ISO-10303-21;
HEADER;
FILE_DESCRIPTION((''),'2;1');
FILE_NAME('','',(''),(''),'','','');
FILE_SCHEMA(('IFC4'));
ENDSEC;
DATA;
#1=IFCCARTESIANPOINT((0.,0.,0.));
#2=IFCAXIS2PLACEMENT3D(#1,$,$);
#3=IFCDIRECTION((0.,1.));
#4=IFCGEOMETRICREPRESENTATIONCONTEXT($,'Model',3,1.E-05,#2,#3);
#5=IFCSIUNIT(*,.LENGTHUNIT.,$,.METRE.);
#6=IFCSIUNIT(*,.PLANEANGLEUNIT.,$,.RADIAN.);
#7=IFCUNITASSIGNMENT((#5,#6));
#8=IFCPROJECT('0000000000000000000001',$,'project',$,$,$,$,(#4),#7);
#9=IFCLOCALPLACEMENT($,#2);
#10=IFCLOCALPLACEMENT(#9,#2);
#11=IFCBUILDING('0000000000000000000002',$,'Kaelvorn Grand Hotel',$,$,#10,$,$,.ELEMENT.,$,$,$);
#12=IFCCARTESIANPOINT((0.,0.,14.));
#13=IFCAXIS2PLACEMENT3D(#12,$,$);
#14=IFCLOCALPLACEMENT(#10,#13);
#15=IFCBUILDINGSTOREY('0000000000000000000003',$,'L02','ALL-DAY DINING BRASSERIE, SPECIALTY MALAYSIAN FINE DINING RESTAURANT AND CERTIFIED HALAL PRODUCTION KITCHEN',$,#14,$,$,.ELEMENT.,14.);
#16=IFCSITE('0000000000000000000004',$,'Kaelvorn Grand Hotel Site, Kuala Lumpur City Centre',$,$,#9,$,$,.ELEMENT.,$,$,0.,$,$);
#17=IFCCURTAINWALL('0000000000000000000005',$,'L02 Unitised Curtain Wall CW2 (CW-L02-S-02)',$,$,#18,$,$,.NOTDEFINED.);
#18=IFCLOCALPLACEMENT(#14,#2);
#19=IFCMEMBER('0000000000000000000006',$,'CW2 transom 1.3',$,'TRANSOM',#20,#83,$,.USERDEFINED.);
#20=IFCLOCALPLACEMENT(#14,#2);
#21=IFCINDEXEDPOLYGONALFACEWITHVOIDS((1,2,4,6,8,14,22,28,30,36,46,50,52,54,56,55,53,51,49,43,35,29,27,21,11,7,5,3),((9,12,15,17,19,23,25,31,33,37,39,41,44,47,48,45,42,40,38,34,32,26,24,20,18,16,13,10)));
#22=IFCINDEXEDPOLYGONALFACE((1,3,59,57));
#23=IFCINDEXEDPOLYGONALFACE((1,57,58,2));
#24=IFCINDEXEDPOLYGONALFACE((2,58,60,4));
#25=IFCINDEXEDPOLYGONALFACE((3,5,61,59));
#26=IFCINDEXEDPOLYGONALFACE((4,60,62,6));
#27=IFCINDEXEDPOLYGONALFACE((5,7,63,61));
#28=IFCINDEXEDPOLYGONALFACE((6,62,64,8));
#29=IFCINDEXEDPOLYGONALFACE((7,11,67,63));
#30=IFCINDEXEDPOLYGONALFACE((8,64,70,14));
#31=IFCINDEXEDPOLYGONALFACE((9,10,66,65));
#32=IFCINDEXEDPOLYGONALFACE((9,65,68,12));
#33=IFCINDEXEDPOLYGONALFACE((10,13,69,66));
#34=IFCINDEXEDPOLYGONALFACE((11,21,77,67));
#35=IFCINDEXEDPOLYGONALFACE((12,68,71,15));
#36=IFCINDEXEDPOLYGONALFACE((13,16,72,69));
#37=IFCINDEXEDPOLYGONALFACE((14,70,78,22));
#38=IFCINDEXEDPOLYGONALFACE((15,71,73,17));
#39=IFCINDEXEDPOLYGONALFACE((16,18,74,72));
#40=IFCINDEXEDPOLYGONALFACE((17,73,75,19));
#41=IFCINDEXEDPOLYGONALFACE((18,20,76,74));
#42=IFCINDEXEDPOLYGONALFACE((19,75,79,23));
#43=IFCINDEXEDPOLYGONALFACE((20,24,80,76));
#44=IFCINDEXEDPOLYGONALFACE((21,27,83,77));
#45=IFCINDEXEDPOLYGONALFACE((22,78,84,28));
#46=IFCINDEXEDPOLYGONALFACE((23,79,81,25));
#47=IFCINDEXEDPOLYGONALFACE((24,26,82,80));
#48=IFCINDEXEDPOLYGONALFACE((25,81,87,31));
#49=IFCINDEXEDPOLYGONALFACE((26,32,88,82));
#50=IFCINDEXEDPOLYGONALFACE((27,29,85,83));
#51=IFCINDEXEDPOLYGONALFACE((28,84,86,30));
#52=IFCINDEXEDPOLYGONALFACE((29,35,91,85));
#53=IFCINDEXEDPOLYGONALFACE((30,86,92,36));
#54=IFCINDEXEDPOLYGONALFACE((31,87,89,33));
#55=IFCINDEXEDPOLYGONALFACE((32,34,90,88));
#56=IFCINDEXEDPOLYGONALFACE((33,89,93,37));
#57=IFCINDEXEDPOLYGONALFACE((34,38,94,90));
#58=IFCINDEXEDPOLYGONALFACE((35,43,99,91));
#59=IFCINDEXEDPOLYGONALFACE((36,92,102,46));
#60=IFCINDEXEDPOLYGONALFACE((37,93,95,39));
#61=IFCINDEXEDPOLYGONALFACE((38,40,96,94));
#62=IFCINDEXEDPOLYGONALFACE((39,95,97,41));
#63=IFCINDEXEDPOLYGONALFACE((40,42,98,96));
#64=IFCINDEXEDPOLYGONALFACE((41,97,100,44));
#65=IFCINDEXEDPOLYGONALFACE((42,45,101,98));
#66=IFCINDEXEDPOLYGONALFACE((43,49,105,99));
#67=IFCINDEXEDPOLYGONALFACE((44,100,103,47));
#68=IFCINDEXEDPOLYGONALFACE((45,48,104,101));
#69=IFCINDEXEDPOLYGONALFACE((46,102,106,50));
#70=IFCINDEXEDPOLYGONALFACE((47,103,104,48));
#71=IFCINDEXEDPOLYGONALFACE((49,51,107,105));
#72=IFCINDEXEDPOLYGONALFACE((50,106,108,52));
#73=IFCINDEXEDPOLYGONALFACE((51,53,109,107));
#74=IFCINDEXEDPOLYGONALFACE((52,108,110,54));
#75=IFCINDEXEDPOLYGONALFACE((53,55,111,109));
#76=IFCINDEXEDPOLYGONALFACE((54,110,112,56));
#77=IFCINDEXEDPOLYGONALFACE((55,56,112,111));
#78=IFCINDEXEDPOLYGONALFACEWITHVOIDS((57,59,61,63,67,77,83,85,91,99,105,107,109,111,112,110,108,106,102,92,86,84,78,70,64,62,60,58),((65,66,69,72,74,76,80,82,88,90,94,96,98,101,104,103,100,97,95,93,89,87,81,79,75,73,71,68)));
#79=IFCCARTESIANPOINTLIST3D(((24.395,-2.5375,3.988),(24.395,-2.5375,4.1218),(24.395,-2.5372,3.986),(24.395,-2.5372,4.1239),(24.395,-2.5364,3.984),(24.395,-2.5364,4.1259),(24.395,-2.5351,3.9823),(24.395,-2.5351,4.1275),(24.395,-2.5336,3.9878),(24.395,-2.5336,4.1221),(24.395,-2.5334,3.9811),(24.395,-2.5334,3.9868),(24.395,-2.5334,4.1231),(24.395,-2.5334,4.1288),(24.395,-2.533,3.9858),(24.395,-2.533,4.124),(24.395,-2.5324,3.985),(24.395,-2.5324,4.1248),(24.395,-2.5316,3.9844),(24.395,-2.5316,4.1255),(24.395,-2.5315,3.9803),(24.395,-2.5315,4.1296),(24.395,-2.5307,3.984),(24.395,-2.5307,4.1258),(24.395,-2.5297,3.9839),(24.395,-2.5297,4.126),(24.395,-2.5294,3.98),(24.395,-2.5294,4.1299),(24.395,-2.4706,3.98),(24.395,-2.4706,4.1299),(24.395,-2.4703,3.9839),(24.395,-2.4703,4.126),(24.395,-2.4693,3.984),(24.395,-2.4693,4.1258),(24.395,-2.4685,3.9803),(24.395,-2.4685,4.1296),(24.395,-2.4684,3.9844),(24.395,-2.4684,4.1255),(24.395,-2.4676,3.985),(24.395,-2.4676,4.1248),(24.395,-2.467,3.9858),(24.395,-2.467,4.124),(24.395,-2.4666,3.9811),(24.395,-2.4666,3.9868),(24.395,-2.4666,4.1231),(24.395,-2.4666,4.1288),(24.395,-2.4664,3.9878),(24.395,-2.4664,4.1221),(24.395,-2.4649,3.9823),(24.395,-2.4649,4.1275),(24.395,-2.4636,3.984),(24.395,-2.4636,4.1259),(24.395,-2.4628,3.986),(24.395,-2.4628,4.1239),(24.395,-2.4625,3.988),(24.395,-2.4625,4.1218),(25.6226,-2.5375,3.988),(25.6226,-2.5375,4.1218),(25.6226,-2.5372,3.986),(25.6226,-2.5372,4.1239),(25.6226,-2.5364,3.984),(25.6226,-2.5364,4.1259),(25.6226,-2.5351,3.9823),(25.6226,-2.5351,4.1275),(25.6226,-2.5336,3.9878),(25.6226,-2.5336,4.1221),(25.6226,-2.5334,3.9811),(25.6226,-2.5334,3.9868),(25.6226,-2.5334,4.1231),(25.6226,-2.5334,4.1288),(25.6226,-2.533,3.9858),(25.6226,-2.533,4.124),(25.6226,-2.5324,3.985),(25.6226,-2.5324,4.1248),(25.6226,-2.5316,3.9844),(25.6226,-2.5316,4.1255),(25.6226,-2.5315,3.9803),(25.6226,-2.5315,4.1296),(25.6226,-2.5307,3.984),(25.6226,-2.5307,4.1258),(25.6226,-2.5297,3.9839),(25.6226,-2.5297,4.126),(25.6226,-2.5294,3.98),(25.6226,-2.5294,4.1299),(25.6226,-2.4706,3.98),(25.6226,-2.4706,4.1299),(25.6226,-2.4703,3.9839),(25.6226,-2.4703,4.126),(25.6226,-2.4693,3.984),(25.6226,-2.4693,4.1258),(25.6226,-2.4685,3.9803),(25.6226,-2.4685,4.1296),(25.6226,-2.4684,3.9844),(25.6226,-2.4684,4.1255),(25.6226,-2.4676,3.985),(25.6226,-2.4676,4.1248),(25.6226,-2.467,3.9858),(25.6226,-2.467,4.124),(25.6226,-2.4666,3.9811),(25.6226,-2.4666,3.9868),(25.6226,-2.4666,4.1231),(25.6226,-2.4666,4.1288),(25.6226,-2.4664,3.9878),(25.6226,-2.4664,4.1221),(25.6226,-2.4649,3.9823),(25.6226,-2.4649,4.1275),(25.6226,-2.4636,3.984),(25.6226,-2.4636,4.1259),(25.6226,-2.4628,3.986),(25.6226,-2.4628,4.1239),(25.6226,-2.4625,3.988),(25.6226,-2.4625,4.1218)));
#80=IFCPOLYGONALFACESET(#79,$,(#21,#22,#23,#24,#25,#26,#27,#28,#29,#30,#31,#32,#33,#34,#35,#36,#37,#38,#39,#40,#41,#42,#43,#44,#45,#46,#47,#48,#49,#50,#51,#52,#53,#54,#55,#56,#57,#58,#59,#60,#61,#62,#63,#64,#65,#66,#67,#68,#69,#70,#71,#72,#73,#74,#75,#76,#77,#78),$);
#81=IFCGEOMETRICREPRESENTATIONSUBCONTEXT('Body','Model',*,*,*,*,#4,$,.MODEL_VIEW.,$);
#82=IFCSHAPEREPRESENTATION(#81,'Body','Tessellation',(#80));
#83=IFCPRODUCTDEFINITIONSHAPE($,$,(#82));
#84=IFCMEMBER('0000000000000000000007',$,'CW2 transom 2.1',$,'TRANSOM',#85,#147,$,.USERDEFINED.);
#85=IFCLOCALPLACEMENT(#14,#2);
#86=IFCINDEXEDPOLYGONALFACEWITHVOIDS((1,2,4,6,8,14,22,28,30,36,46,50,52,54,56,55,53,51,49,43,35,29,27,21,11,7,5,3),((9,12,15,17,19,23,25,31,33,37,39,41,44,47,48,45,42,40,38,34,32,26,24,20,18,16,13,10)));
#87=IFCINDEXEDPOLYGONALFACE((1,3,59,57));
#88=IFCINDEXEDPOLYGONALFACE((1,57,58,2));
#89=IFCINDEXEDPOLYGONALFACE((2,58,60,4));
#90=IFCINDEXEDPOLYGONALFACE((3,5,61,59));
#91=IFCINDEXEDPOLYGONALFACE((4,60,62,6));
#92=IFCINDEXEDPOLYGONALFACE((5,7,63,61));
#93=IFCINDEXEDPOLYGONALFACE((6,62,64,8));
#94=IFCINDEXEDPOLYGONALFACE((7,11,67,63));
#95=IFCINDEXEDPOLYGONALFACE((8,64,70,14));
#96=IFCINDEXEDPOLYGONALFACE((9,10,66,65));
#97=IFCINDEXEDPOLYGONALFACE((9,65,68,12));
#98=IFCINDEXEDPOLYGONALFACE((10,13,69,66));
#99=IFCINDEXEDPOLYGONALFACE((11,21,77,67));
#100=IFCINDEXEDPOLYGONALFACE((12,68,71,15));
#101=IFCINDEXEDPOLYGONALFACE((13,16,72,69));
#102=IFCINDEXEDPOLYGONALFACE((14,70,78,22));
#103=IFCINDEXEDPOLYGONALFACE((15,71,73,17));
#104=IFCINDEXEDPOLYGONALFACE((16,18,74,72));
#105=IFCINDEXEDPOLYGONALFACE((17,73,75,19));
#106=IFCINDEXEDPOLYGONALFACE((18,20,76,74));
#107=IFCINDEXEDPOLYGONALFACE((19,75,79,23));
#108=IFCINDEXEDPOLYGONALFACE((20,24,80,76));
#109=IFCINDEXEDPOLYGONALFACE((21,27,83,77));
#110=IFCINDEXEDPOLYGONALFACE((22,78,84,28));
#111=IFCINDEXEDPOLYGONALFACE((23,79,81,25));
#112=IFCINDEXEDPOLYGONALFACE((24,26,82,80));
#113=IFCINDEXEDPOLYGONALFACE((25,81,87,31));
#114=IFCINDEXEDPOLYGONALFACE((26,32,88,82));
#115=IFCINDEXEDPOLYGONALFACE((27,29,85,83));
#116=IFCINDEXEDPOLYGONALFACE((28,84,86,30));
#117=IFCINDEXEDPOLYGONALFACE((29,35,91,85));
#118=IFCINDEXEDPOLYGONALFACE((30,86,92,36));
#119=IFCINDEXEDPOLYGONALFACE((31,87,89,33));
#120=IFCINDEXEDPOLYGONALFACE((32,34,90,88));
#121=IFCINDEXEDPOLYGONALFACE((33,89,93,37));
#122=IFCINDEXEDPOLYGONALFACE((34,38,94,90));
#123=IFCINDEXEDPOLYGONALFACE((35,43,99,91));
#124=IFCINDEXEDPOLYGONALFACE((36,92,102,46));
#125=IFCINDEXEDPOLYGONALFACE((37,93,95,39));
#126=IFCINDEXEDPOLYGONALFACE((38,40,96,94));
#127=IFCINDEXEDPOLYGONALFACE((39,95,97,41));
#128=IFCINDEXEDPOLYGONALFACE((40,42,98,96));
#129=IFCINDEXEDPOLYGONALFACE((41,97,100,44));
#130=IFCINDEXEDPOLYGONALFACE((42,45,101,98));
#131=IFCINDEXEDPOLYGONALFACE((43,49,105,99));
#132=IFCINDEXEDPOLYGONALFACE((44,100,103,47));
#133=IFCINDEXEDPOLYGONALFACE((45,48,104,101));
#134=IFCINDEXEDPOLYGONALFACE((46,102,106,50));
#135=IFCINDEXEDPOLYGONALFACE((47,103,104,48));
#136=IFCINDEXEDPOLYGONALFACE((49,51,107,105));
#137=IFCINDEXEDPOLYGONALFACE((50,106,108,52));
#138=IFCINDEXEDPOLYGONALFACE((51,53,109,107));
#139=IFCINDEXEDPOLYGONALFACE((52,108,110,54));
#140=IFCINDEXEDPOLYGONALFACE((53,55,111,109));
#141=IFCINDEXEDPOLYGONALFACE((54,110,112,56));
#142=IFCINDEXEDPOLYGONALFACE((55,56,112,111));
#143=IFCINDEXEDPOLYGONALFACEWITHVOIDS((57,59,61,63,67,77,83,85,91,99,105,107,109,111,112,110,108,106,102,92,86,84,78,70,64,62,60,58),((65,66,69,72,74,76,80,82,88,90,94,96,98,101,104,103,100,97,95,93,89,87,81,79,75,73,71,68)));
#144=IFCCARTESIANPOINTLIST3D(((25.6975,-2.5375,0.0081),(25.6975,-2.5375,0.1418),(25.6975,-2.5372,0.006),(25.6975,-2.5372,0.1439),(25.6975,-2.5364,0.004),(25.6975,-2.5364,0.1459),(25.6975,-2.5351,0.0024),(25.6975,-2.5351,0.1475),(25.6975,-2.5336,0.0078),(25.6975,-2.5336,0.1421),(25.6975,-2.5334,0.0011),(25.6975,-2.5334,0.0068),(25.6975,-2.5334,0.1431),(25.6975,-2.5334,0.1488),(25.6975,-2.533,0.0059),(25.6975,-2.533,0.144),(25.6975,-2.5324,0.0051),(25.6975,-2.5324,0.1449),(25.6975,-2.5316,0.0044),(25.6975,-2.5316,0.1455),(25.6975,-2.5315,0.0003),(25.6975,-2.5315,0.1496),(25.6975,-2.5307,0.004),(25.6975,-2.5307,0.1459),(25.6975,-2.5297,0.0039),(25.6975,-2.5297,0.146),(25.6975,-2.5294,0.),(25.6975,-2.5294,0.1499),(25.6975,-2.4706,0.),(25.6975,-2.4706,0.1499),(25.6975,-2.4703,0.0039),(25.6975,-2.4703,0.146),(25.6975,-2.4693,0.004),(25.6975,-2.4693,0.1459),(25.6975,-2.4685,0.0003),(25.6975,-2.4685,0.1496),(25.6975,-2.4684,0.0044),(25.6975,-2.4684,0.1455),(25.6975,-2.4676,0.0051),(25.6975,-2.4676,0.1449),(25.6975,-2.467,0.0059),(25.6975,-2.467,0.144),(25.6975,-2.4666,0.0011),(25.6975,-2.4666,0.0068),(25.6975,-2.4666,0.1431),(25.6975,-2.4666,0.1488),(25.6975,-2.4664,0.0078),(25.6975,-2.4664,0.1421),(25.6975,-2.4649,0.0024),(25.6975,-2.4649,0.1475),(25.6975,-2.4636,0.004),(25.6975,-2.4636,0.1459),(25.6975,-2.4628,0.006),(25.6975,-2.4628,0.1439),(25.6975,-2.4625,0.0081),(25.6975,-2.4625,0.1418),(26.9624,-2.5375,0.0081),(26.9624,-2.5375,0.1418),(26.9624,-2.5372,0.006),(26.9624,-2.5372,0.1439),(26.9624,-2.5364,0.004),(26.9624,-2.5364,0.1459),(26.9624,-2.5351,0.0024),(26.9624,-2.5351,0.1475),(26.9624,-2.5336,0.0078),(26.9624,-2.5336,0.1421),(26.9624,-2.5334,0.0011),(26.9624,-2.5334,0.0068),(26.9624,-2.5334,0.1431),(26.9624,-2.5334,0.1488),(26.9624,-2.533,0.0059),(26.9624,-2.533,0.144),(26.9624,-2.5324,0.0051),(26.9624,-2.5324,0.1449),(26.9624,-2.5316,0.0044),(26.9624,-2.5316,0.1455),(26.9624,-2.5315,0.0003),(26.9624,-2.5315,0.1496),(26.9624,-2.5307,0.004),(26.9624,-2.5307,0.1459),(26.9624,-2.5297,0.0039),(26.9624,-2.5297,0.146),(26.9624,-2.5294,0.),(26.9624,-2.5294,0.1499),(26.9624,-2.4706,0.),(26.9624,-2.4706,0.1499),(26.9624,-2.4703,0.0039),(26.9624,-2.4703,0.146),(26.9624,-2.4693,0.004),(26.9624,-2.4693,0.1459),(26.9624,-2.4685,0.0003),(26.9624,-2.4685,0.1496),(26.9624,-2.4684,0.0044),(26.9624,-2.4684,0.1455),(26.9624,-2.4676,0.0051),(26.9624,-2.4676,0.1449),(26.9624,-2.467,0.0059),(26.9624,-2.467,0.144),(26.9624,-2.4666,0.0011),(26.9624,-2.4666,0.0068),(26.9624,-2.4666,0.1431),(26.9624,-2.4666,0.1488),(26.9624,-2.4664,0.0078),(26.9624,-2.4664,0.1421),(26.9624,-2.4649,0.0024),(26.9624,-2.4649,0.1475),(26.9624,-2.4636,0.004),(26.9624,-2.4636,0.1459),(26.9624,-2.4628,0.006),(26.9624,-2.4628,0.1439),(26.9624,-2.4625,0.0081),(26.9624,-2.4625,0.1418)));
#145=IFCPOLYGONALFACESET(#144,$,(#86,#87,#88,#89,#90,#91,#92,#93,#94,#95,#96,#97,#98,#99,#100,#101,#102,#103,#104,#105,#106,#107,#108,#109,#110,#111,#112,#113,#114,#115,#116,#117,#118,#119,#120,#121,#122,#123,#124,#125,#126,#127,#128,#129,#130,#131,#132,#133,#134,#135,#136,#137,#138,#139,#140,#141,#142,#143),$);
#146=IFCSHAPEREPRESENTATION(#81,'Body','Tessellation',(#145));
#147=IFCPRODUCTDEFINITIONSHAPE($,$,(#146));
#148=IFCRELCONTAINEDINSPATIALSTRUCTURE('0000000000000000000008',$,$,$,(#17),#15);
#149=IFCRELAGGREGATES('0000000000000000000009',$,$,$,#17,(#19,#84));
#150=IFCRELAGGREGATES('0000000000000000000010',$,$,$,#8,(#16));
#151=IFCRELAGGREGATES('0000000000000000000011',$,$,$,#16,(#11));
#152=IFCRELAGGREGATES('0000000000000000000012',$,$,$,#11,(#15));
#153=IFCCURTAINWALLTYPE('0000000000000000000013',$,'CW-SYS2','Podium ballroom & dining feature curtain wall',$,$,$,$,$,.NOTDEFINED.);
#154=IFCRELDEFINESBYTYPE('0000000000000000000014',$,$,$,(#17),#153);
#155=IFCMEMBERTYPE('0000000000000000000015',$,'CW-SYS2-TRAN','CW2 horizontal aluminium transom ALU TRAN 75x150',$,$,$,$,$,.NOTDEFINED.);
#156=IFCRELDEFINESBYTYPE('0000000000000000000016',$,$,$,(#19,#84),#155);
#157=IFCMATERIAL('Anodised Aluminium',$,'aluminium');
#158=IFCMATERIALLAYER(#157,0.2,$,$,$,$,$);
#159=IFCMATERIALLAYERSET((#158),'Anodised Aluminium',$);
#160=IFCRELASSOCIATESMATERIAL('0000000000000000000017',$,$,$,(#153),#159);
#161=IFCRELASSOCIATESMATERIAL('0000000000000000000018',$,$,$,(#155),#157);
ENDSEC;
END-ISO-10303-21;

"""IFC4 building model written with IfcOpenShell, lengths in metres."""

from ifc_helpers import new_model, si_unit, direction, frame, origin, origin_2d, place, context, subcontext, project, spatial, hollow_rectangle, extrude, material, layer, layer_set, material_profile, profile_set, type_object, element, aggregate, save


model = new_model("IFC4")

# Units and contexts
model_context = context("Model", 3, precision=1e-05, world=origin(), true_north=direction((0.0, 1.0)))
body_context = subcontext(model_context, "Body", "Model", "MODEL_VIEW")
ifc_project = project(units=[si_unit("LENGTHUNIT", "METRE"), si_unit("PLANEANGLEUNIT", "RADIAN")], contexts=[model_context])

# Site, building, storey
site_placement = place(None, origin())
site = spatial("IfcSite", under=ifc_project, at=site_placement, Name="Kaelvorn Grand Hotel Site, Kuala Lumpur City Centre", CompositionType="ELEMENT", RefElevation=0.0)
building_placement = place(site_placement, origin())
building = spatial("IfcBuilding", under=site, at=building_placement, Name="Kaelvorn Grand Hotel", CompositionType="ELEMENT")
storey_placement = place(building_placement, frame((0.0, 0.0, 14.0)))
storey = spatial("IfcBuildingStorey", under=building, at=storey_placement, Name="L02", Description="ALL-DAY DINING BRASSERIE, SPECIALTY MALAYSIAN FINE DINING RESTAURANT AND CERTIFIED HALAL PRODUCTION KITCHEN", CompositionType="ELEMENT", Elevation=14.0)

# Shared definitions
ifc_material_1 = material(Name="Anodised Aluminium", Category="aluminium")
ifc_layer_1 = layer(ifc_material_1, 0.2)
ifc_layer_set_1 = layer_set([ifc_layer_1], Name="Anodised Aluminium")
curtain_wall_type = type_object("IfcCurtainWallType", Name="CW-SYS2", Description="Podium ballroom & dining feature curtain wall", PredefinedType="NOTDEFINED", material=ifc_layer_set_1)

# Curtain wall
curtain_wall_1_placement = place(storey_placement, origin())
curtain_wall_1 = element("IfcCurtainWall", 1, at=curtain_wall_1_placement, inside=storey, type_object=curtain_wall_type, Name="L02 Unitised Curtain Wall CW2 (CW-L02-S-02)", PredefinedType="NOTDEFINED")

# Members
ifc_material_profile_1 = material_profile(ifc_material_1, hollow_rectangle(XDim=0.075, YDim=0.1499, WallThickness=0.0039, InnerFilletRadius=0.0039, OuterFilletRadius=0.0081, at=origin_2d()), Name="ALU TRAN 75x150")
ifc_profile_set_1 = profile_set([ifc_material_profile_1], Name="Anodised Aluminium")
member_type_1 = type_object("IfcMemberType", Name="CW-SYS2-TRAN", Description="CW2 horizontal aluminium transom ALU TRAN 75x150", PredefinedType="NOTDEFINED", material=ifc_profile_set_1)
member_1_placement = place(storey_placement, frame((24.395, -2.5, 4.0549), z_axis=(1.0, 0.0, 0.0), x_axis=(0.0, 1.0, 0.0)))
member_1 = element("IfcMember", 2, at=member_1_placement, type_object=member_type_1, Name="CW2 transom 1.3", ObjectType="TRANSOM", PredefinedType="USERDEFINED", context=body_context, shape_type="SweptSolid", body=[
    extrude(hollow_rectangle(XDim=0.075, YDim=0.1499, WallThickness=0.0039, InnerFilletRadius=0.0039, OuterFilletRadius=0.0081, at=origin_2d()), origin(), (0.0, 0.0, 1.0), 1.2275),
])
member_2_placement = place(storey_placement, frame((25.6975, -2.5, 0.075), z_axis=(1.0, 0.0, 0.0), x_axis=(0.0, 1.0, 0.0)))
member_2 = element("IfcMember", 3, at=member_2_placement, type_object=member_type_1, Name="CW2 transom 2.1", ObjectType="TRANSOM", PredefinedType="USERDEFINED", context=body_context, shape_type="SweptSolid", body=[
    extrude(hollow_rectangle(XDim=0.075, YDim=0.1499, WallThickness=0.0039, InnerFilletRadius=0.0039, OuterFilletRadius=0.0081, at=origin_2d()), origin(), (0.0, 0.0, 1.0), 1.2649),
])

aggregate(curtain_wall_1, [member_1, member_2])

save(model, "model.ifc")
